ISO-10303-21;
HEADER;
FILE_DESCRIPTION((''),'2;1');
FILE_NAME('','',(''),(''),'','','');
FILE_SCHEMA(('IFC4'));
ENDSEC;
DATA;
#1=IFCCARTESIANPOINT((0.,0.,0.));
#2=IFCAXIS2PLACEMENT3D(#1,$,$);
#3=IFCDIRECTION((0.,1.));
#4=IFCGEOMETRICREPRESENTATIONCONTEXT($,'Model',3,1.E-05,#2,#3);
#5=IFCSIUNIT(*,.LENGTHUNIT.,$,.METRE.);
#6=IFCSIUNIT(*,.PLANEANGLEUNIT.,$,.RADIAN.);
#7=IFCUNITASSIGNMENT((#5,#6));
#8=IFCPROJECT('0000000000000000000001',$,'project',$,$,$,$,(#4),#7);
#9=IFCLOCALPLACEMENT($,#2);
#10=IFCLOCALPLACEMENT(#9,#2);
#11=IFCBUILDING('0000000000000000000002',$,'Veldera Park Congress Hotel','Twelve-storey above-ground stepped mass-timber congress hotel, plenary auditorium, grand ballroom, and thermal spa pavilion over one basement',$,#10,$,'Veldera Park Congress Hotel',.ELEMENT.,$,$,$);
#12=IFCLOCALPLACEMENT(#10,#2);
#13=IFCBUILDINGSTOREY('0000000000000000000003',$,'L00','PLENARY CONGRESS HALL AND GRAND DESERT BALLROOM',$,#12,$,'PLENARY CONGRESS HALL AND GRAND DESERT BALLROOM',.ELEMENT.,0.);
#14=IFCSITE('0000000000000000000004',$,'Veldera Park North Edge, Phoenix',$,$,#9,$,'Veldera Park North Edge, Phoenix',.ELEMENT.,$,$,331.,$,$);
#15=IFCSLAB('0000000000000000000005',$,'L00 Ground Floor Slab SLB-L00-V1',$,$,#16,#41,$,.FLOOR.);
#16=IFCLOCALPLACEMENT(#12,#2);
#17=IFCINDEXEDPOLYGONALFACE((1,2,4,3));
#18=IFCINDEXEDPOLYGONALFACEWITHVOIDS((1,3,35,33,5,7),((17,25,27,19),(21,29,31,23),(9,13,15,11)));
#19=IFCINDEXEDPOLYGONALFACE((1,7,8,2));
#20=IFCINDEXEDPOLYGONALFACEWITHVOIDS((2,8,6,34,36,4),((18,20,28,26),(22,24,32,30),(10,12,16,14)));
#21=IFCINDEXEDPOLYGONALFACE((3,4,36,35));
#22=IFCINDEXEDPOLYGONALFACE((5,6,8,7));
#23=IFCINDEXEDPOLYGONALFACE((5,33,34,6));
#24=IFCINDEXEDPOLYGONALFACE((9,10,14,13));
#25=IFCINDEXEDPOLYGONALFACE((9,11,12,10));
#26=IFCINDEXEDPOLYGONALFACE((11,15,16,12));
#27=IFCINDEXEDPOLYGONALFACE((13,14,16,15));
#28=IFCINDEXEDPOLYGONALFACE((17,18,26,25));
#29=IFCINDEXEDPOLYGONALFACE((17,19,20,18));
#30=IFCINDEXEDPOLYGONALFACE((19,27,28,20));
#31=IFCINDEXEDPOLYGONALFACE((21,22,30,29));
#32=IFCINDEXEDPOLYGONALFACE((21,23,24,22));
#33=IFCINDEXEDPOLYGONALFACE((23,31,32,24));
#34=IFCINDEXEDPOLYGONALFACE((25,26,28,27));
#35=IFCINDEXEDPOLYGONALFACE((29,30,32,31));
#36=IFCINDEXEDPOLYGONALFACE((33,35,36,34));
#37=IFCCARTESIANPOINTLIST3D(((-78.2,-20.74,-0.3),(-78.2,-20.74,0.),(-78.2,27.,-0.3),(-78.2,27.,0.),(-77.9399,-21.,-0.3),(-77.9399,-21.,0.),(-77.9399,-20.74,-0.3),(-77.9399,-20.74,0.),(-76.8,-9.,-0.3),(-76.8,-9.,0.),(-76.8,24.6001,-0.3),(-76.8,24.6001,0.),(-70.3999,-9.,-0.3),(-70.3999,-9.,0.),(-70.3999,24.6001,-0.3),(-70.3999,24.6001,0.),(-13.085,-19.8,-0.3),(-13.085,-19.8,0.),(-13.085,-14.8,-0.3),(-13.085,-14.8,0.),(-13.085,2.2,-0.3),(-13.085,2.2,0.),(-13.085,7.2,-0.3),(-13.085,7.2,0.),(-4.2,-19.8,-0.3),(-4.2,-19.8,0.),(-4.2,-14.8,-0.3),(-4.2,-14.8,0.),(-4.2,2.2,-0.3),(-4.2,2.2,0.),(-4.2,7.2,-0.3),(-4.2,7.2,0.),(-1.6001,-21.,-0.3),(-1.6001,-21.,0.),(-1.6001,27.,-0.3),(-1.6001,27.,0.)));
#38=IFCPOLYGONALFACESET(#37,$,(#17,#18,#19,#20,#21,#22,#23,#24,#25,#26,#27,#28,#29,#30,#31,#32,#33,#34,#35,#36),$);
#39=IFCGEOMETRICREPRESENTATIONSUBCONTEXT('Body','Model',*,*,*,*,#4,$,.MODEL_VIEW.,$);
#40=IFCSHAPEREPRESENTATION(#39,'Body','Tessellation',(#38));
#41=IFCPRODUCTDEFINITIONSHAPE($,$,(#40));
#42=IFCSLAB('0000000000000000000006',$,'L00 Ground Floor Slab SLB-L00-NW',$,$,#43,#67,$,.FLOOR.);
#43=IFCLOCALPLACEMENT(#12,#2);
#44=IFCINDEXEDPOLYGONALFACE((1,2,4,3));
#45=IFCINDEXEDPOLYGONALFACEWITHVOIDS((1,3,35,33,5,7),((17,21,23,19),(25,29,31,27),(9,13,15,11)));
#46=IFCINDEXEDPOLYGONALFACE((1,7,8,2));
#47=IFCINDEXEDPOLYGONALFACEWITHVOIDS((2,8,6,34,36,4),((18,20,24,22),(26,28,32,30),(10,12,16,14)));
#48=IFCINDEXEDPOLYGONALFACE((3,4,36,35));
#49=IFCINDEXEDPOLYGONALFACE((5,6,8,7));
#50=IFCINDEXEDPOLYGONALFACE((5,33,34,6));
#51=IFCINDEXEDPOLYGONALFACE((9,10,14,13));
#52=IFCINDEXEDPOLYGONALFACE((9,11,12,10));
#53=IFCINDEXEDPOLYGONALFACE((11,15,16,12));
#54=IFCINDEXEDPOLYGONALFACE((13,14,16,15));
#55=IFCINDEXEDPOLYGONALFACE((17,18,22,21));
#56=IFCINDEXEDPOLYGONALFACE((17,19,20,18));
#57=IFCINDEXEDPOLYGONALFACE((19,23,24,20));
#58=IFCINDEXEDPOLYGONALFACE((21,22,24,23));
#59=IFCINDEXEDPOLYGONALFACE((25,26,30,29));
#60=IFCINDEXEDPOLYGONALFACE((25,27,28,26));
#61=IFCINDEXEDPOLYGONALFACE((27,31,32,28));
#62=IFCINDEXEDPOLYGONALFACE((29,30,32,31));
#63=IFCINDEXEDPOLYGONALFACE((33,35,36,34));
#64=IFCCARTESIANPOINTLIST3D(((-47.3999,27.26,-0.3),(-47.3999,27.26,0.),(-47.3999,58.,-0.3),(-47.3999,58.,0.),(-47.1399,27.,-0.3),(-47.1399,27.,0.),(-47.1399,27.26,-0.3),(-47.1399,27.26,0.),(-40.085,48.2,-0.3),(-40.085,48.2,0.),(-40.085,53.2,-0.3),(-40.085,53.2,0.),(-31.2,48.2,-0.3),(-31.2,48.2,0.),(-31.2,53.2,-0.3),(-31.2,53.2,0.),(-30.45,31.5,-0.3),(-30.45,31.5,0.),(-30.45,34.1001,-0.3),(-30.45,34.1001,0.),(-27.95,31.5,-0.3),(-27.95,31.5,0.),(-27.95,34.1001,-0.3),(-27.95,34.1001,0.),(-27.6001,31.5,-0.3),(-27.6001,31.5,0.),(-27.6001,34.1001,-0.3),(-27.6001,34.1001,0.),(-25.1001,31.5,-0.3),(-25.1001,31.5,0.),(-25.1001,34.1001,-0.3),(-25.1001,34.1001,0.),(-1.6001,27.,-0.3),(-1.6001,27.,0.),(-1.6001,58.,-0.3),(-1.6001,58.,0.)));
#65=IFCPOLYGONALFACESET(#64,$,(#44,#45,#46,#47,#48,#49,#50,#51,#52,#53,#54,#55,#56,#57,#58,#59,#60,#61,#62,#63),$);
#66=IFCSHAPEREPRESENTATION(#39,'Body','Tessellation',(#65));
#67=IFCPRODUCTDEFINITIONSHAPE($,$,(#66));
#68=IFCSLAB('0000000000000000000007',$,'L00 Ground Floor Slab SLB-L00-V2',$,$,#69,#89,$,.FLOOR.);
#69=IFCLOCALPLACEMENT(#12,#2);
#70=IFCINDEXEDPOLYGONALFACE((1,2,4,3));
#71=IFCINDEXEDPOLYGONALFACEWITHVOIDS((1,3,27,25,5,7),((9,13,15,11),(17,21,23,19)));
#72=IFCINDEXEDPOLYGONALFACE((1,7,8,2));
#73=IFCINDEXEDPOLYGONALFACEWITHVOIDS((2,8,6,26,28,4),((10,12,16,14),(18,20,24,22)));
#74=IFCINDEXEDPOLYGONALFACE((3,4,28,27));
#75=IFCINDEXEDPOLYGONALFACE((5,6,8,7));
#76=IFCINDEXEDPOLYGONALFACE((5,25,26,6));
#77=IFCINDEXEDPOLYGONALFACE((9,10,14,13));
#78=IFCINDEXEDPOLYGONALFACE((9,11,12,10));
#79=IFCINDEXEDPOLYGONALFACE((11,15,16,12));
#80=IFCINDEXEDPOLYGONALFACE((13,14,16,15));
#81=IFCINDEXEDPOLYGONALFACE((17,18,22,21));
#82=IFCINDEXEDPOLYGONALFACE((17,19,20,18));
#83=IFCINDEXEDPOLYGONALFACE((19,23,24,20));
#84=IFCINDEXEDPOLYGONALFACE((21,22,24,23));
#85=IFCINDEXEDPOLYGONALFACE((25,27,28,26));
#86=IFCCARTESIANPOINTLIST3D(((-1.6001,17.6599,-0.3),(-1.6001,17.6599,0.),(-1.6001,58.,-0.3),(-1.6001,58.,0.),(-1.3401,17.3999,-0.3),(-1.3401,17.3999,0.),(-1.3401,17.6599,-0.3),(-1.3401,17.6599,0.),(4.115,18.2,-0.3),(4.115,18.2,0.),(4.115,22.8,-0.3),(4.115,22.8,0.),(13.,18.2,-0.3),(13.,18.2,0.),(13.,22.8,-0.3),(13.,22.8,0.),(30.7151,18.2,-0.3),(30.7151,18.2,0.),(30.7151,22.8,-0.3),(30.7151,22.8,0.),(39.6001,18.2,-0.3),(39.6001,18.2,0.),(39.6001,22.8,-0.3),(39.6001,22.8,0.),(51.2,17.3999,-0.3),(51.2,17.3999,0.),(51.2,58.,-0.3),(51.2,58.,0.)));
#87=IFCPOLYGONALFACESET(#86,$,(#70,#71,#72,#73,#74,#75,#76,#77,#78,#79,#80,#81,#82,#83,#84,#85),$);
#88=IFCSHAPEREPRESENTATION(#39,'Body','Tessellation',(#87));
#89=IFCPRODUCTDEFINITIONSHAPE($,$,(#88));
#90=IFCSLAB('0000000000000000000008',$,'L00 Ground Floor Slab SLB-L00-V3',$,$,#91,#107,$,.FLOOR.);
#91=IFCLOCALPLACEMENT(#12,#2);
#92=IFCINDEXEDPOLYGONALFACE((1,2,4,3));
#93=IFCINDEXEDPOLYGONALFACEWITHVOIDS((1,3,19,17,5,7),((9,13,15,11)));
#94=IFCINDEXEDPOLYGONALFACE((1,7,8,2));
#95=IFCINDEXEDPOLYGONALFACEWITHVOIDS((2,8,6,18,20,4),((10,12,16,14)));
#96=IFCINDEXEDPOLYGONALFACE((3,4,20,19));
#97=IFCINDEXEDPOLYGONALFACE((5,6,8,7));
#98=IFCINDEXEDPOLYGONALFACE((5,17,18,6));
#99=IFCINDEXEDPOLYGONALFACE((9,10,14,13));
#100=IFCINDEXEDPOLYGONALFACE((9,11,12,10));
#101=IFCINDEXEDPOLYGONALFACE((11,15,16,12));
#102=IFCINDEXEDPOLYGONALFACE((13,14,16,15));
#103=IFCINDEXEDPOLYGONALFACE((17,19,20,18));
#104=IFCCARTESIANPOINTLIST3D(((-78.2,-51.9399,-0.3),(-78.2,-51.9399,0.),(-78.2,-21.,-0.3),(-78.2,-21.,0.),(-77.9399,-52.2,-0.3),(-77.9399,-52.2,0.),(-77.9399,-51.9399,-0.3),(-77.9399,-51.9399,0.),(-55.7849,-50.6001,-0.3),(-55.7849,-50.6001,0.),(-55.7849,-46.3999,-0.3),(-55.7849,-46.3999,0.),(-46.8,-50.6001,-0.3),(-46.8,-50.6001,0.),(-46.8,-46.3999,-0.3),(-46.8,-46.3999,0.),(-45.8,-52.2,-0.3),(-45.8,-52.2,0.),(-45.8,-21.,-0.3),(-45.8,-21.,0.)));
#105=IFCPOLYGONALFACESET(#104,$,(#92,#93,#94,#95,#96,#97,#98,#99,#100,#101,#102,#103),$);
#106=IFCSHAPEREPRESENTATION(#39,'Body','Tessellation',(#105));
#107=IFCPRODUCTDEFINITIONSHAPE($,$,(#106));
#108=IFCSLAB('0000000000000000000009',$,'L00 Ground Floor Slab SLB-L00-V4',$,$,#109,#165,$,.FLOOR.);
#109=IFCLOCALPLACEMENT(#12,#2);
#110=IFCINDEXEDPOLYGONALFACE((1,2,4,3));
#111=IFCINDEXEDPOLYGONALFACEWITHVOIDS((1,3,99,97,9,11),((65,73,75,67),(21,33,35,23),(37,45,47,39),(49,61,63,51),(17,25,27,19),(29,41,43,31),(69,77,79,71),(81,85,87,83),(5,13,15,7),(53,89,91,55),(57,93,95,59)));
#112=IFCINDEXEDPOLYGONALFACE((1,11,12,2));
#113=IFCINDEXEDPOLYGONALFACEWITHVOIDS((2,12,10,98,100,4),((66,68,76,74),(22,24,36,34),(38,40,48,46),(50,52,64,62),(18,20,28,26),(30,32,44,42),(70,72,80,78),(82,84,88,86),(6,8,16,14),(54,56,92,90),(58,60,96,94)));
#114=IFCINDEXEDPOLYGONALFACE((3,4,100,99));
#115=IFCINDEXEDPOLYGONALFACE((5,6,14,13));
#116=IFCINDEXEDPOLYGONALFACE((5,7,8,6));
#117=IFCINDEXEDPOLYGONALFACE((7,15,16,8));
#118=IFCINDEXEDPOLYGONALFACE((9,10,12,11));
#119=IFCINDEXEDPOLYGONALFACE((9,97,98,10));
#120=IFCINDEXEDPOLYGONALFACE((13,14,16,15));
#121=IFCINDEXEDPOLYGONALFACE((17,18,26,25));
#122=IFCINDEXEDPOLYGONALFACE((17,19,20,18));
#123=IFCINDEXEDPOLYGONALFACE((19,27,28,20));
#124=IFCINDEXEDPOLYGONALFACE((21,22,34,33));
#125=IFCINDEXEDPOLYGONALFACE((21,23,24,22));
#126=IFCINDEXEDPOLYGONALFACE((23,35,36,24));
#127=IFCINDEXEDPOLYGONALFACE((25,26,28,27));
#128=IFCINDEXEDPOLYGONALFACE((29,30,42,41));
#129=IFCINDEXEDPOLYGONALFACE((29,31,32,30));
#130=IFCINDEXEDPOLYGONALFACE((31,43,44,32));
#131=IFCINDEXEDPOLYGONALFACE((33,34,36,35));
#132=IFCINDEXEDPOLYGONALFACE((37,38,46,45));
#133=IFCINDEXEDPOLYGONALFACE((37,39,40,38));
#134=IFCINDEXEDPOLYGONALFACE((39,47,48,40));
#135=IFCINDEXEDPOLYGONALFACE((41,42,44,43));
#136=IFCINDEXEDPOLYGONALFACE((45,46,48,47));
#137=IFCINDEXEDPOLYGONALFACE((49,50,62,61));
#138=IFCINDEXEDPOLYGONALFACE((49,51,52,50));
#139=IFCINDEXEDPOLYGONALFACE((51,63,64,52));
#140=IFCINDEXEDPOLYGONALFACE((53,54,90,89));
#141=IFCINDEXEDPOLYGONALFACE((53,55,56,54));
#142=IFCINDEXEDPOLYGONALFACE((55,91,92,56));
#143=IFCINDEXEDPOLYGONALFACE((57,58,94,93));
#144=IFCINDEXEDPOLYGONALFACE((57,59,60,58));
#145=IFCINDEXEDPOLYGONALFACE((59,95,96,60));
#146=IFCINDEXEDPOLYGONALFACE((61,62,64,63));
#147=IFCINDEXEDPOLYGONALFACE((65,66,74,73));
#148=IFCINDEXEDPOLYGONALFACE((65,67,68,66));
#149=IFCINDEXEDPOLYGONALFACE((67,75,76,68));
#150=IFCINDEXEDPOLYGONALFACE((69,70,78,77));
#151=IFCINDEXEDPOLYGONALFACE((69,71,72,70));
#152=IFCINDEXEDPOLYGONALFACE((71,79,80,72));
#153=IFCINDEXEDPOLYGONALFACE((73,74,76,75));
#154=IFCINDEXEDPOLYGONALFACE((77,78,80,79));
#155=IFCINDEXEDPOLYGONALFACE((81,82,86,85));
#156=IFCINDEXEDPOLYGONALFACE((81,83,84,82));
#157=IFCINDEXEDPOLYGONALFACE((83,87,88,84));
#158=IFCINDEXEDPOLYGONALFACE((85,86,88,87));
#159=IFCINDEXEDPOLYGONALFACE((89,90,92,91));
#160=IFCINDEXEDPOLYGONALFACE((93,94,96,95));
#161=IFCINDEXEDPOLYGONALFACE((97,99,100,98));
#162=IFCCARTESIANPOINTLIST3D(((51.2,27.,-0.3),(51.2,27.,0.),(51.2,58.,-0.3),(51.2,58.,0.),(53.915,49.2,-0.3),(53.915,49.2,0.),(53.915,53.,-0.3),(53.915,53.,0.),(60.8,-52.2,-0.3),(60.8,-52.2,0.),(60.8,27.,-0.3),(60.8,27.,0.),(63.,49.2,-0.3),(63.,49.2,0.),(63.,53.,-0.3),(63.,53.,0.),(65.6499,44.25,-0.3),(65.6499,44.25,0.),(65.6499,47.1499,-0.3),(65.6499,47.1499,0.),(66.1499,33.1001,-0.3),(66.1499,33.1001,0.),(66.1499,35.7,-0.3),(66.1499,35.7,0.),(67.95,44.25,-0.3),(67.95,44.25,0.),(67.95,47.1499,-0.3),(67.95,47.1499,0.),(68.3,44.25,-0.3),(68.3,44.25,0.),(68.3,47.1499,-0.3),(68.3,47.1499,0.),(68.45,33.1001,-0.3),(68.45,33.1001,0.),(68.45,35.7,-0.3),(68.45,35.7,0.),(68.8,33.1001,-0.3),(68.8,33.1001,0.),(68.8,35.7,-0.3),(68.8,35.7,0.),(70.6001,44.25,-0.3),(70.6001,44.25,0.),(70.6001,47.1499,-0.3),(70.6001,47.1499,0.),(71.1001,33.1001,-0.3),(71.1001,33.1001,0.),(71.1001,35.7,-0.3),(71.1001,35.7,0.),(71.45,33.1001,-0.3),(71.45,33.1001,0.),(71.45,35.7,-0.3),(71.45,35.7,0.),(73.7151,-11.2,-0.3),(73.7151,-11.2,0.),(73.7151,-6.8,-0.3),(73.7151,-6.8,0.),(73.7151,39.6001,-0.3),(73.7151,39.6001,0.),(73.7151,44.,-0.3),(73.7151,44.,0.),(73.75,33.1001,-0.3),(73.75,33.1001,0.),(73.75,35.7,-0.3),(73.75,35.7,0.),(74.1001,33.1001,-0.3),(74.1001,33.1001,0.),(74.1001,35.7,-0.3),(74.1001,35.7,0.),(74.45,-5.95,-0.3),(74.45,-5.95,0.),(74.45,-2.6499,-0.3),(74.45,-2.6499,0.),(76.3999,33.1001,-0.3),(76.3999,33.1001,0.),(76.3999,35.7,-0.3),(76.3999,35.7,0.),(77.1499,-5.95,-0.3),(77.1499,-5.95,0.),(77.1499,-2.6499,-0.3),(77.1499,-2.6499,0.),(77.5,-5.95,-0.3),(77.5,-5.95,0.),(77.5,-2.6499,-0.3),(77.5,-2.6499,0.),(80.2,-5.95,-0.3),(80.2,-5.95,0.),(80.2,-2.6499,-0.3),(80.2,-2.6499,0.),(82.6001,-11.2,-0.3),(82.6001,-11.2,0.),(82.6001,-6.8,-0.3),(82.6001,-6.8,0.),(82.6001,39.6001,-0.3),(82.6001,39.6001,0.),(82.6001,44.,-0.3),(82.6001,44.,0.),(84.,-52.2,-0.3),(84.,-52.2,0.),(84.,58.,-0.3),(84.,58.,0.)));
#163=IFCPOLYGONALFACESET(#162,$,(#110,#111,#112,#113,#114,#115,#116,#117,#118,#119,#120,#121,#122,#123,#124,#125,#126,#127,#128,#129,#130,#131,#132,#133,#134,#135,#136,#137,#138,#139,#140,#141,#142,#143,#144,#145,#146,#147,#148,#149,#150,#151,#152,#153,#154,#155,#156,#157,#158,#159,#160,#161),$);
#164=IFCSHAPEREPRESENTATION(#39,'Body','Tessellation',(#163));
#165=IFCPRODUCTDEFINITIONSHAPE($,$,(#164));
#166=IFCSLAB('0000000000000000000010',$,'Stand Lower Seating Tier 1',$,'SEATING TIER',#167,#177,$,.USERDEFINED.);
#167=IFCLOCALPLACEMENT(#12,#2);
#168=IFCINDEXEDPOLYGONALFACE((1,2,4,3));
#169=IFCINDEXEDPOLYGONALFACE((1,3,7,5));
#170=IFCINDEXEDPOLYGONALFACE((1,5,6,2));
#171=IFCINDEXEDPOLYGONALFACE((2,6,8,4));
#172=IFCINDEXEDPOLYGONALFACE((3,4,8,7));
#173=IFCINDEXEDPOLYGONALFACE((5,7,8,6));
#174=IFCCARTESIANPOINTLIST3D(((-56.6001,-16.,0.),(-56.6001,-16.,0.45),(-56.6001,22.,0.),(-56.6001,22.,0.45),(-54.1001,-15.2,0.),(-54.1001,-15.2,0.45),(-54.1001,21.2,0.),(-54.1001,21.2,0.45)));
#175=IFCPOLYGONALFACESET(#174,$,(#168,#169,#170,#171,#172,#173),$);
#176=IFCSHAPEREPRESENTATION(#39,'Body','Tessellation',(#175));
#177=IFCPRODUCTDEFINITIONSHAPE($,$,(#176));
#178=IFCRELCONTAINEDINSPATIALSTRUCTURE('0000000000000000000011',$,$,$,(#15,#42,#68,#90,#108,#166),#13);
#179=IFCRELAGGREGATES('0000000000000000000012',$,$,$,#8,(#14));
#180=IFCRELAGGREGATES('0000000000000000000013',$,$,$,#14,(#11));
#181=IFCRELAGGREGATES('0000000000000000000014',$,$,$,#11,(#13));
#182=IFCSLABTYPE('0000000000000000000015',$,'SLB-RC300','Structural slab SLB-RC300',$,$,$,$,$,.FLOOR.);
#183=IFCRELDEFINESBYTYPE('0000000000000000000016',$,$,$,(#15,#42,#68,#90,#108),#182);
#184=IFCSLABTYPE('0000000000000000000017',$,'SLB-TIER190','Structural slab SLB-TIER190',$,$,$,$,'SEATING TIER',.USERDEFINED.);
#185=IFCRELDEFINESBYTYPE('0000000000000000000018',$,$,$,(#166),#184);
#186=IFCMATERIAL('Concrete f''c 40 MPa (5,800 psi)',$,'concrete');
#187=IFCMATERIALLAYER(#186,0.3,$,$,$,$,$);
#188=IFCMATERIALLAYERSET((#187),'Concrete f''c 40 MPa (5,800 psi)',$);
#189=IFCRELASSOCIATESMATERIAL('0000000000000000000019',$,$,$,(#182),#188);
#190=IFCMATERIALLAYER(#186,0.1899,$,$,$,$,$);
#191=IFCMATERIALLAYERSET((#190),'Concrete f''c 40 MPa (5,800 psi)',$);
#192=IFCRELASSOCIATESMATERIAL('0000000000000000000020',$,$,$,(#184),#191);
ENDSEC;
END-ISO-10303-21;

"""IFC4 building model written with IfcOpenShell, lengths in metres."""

from ifc_helpers import new_model, si_unit, direction, frame, origin, place, context, subcontext, project, spatial, polyline, outline, extrude, material, layer, layer_set, type_object, element, save


model = new_model("IFC4")

# Units and contexts
model_context = context("Model", 3, precision=1e-05, world=origin(), true_north=direction((0.0, 1.0)))
body_context = subcontext(model_context, "Body", "Model", "MODEL_VIEW")
ifc_project = project(units=[si_unit("LENGTHUNIT", "METRE"), si_unit("PLANEANGLEUNIT", "RADIAN")], contexts=[model_context])

# Site, building, storey
site_placement = place(None, origin())
site = spatial("IfcSite", under=ifc_project, at=site_placement, Name="Veldera Park North Edge, Phoenix", LongName="Veldera Park North Edge, Phoenix", CompositionType="ELEMENT", RefElevation=331.0)
building_placement = place(site_placement, origin())
building = spatial("IfcBuilding", under=site, at=building_placement, Name="Veldera Park Congress Hotel", Description="Twelve-storey above-ground stepped mass-timber congress hotel, plenary auditorium, grand ballroom, and thermal spa pavilion over one basement", LongName="Veldera Park Congress Hotel", CompositionType="ELEMENT")
storey_placement = place(building_placement, origin())
storey = spatial("IfcBuildingStorey", under=building, at=storey_placement, Name="L00", Description="PLENARY CONGRESS HALL AND GRAND DESERT BALLROOM", LongName="PLENARY CONGRESS HALL AND GRAND DESERT BALLROOM", CompositionType="ELEMENT", Elevation=0.0)

# Shared definitions
ifc_material_1 = material(Name="Concrete f'c 40 MPa (5,800 psi)", Category="concrete")

# Slabs
ifc_layer_1 = layer(ifc_material_1, 0.3)
ifc_layer_set_1 = layer_set([ifc_layer_1], Name="Concrete f'c 40 MPa (5,800 psi)")
slab_type_1 = type_object("IfcSlabType", Name="SLB-RC300", Description="Structural slab SLB-RC300", PredefinedType="FLOOR", material=ifc_layer_set_1)
slab_1_placement = place(storey_placement, frame((0.0, 0.0, -0.3)))
element("IfcSlab", 1, at=slab_1_placement, inside=storey, type_object=slab_type_1, Name="L00 Ground Floor Slab SLB-L00-V1", PredefinedType="FLOOR", context=body_context, shape_type="SweptSolid", body=[
    extrude(outline(polyline([(-78.2, -20.74), (-77.9399, -20.74), (-77.9399, -21.0), (-1.6001, -21.0), (-1.6001, 27.0), (-78.2, 27.0), (-78.2, -20.74)]), holes=[polyline([(-13.085, -19.8), (-4.2, -19.8), (-4.2, -14.8), (-13.085, -14.8), (-13.085, -19.8)]), polyline([(-13.085, 2.2), (-4.2, 2.2), (-4.2, 7.2), (-13.085, 7.2), (-13.085, 2.2)]), polyline([(-76.8, -9.0), (-70.3999, -9.0), (-70.3999, 24.6001), (-76.8, 24.6001), (-76.8, -9.0)])]), origin(), (0.0, 0.0, 1.0), 0.3),
])
slab_2_placement = place(storey_placement, frame((0.0, 0.0, -0.3)))
element("IfcSlab", 2, at=slab_2_placement, inside=storey, type_object=slab_type_1, Name="L00 Ground Floor Slab SLB-L00-NW", PredefinedType="FLOOR", context=body_context, shape_type="SweptSolid", body=[
    extrude(outline(polyline([(-47.3999, 27.26), (-47.1399, 27.26), (-47.1399, 27.0), (-1.6001, 27.0), (-1.6001, 58.0), (-47.3999, 58.0), (-47.3999, 27.26)]), holes=[polyline([(-40.085, 48.2), (-31.2, 48.2), (-31.2, 53.2), (-40.085, 53.2), (-40.085, 48.2)]), polyline([(-30.45, 31.5), (-27.95, 31.5), (-27.95, 34.1001), (-30.45, 34.1001), (-30.45, 31.5)]), polyline([(-27.6001, 31.5), (-25.1001, 31.5), (-25.1001, 34.1001), (-27.6001, 34.1001), (-27.6001, 31.5)])]), origin(), (0.0, 0.0, 1.0), 0.3),
])
slab_3_placement = place(storey_placement, frame((0.0, 0.0, -0.3)))
element("IfcSlab", 3, at=slab_3_placement, inside=storey, type_object=slab_type_1, Name="L00 Ground Floor Slab SLB-L00-V2", PredefinedType="FLOOR", context=body_context, shape_type="SweptSolid", body=[
    extrude(outline(polyline([(-1.6001, 17.6599), (-1.3401, 17.6599), (-1.3401, 17.3999), (51.2, 17.3999), (51.2, 58.0), (-1.6001, 58.0), (-1.6001, 17.6599)]), holes=[polyline([(4.115, 18.2), (13.0, 18.2), (13.0, 22.8), (4.115, 22.8), (4.115, 18.2)]), polyline([(30.7151, 18.2), (39.6001, 18.2), (39.6001, 22.8), (30.7151, 22.8), (30.7151, 18.2)])]), origin(), (0.0, 0.0, 1.0), 0.3),
])
slab_4_placement = place(storey_placement, frame((0.0, 0.0, -0.3)))
element("IfcSlab", 4, at=slab_4_placement, inside=storey, type_object=slab_type_1, Name="L00 Ground Floor Slab SLB-L00-V3", PredefinedType="FLOOR", context=body_context, shape_type="SweptSolid", body=[
    extrude(outline(polyline([(-78.2, -51.9399), (-77.9399, -51.9399), (-77.9399, -52.2), (-45.8, -52.2), (-45.8, -21.0), (-78.2, -21.0), (-78.2, -51.9399)]), holes=[polyline([(-55.7849, -50.6001), (-46.8, -50.6001), (-46.8, -46.3999), (-55.7849, -46.3999), (-55.7849, -50.6001)])]), origin(), (0.0, 0.0, 1.0), 0.3),
])
slab_5_placement = place(storey_placement, frame((0.0, 0.0, -0.3)))
element("IfcSlab", 5, at=slab_5_placement, inside=storey, type_object=slab_type_1, Name="L00 Ground Floor Slab SLB-L00-V4", PredefinedType="FLOOR", context=body_context, shape_type="SweptSolid", body=[
    extrude(outline(polyline([(60.8, -52.2), (84.0, -52.2), (84.0, 58.0), (51.2, 58.0), (51.2, 27.0), (60.8, 27.0), (60.8, -52.2)]), holes=[polyline([(73.7151, 39.6001), (82.6001, 39.6001), (82.6001, 44.0), (73.7151, 44.0), (73.7151, 39.6001)]), polyline([(73.7151, -11.2), (82.6001, -11.2), (82.6001, -6.8), (73.7151, -6.8), (73.7151, -11.2)]), polyline([(53.915, 49.2), (63.0, 49.2), (63.0, 53.0), (53.915, 53.0), (53.915, 49.2)]), polyline([(65.6499, 44.25), (67.95, 44.25), (67.95, 47.1499), (65.6499, 47.1499), (65.6499, 44.25)]), polyline([(68.3, 44.25), (70.6001, 44.25), (70.6001, 47.1499), (68.3, 47.1499), (68.3, 44.25)]), polyline([(66.1499, 33.1001), (68.45, 33.1001), (68.45, 35.7), (66.1499, 35.7), (66.1499, 33.1001)]), polyline([(68.8, 33.1001), (71.1001, 33.1001), (71.1001, 35.7), (68.8, 35.7), (68.8, 33.1001)]), polyline([(71.45, 33.1001), (73.75, 33.1001), (73.75, 35.7), (71.45, 35.7), (71.45, 33.1001)]), polyline([(74.1001, 33.1001), (76.3999, 33.1001), (76.3999, 35.7), (74.1001, 35.7), (74.1001, 33.1001)]), polyline([(74.45, -5.95), (77.1499, -5.95), (77.1499, -2.6499), (74.45, -2.6499), (74.45, -5.95)]), polyline([(77.5, -5.95), (80.2, -5.95), (80.2, -2.6499), (77.5, -2.6499), (77.5, -5.95)])]), origin(), (0.0, 0.0, 1.0), 0.3),
])
ifc_layer_2 = layer(ifc_material_1, 0.1899)
ifc_layer_set_2 = layer_set([ifc_layer_2], Name="Concrete f'c 40 MPa (5,800 psi)")
slab_type_2 = type_object("IfcSlabType", Name="SLB-TIER190", Description="Structural slab SLB-TIER190", ElementType="SEATING TIER", PredefinedType="USERDEFINED", material=ifc_layer_set_2)
slab_6_placement = place(storey_placement, origin())
element("IfcSlab", 6, at=slab_6_placement, inside=storey, type_object=slab_type_2, Name="Stand Lower Seating Tier 1", ObjectType="SEATING TIER", PredefinedType="USERDEFINED", context=body_context, shape_type="SweptSolid", body=[
    extrude(outline(polyline([(-56.6001, -16.0), (-54.1001, -15.2), (-54.1001, 21.2), (-56.6001, 22.0), (-56.6001, -16.0)])), origin(), (0.0, 0.0, 1.0), 0.45),
])

save(model, "model.ifc")
